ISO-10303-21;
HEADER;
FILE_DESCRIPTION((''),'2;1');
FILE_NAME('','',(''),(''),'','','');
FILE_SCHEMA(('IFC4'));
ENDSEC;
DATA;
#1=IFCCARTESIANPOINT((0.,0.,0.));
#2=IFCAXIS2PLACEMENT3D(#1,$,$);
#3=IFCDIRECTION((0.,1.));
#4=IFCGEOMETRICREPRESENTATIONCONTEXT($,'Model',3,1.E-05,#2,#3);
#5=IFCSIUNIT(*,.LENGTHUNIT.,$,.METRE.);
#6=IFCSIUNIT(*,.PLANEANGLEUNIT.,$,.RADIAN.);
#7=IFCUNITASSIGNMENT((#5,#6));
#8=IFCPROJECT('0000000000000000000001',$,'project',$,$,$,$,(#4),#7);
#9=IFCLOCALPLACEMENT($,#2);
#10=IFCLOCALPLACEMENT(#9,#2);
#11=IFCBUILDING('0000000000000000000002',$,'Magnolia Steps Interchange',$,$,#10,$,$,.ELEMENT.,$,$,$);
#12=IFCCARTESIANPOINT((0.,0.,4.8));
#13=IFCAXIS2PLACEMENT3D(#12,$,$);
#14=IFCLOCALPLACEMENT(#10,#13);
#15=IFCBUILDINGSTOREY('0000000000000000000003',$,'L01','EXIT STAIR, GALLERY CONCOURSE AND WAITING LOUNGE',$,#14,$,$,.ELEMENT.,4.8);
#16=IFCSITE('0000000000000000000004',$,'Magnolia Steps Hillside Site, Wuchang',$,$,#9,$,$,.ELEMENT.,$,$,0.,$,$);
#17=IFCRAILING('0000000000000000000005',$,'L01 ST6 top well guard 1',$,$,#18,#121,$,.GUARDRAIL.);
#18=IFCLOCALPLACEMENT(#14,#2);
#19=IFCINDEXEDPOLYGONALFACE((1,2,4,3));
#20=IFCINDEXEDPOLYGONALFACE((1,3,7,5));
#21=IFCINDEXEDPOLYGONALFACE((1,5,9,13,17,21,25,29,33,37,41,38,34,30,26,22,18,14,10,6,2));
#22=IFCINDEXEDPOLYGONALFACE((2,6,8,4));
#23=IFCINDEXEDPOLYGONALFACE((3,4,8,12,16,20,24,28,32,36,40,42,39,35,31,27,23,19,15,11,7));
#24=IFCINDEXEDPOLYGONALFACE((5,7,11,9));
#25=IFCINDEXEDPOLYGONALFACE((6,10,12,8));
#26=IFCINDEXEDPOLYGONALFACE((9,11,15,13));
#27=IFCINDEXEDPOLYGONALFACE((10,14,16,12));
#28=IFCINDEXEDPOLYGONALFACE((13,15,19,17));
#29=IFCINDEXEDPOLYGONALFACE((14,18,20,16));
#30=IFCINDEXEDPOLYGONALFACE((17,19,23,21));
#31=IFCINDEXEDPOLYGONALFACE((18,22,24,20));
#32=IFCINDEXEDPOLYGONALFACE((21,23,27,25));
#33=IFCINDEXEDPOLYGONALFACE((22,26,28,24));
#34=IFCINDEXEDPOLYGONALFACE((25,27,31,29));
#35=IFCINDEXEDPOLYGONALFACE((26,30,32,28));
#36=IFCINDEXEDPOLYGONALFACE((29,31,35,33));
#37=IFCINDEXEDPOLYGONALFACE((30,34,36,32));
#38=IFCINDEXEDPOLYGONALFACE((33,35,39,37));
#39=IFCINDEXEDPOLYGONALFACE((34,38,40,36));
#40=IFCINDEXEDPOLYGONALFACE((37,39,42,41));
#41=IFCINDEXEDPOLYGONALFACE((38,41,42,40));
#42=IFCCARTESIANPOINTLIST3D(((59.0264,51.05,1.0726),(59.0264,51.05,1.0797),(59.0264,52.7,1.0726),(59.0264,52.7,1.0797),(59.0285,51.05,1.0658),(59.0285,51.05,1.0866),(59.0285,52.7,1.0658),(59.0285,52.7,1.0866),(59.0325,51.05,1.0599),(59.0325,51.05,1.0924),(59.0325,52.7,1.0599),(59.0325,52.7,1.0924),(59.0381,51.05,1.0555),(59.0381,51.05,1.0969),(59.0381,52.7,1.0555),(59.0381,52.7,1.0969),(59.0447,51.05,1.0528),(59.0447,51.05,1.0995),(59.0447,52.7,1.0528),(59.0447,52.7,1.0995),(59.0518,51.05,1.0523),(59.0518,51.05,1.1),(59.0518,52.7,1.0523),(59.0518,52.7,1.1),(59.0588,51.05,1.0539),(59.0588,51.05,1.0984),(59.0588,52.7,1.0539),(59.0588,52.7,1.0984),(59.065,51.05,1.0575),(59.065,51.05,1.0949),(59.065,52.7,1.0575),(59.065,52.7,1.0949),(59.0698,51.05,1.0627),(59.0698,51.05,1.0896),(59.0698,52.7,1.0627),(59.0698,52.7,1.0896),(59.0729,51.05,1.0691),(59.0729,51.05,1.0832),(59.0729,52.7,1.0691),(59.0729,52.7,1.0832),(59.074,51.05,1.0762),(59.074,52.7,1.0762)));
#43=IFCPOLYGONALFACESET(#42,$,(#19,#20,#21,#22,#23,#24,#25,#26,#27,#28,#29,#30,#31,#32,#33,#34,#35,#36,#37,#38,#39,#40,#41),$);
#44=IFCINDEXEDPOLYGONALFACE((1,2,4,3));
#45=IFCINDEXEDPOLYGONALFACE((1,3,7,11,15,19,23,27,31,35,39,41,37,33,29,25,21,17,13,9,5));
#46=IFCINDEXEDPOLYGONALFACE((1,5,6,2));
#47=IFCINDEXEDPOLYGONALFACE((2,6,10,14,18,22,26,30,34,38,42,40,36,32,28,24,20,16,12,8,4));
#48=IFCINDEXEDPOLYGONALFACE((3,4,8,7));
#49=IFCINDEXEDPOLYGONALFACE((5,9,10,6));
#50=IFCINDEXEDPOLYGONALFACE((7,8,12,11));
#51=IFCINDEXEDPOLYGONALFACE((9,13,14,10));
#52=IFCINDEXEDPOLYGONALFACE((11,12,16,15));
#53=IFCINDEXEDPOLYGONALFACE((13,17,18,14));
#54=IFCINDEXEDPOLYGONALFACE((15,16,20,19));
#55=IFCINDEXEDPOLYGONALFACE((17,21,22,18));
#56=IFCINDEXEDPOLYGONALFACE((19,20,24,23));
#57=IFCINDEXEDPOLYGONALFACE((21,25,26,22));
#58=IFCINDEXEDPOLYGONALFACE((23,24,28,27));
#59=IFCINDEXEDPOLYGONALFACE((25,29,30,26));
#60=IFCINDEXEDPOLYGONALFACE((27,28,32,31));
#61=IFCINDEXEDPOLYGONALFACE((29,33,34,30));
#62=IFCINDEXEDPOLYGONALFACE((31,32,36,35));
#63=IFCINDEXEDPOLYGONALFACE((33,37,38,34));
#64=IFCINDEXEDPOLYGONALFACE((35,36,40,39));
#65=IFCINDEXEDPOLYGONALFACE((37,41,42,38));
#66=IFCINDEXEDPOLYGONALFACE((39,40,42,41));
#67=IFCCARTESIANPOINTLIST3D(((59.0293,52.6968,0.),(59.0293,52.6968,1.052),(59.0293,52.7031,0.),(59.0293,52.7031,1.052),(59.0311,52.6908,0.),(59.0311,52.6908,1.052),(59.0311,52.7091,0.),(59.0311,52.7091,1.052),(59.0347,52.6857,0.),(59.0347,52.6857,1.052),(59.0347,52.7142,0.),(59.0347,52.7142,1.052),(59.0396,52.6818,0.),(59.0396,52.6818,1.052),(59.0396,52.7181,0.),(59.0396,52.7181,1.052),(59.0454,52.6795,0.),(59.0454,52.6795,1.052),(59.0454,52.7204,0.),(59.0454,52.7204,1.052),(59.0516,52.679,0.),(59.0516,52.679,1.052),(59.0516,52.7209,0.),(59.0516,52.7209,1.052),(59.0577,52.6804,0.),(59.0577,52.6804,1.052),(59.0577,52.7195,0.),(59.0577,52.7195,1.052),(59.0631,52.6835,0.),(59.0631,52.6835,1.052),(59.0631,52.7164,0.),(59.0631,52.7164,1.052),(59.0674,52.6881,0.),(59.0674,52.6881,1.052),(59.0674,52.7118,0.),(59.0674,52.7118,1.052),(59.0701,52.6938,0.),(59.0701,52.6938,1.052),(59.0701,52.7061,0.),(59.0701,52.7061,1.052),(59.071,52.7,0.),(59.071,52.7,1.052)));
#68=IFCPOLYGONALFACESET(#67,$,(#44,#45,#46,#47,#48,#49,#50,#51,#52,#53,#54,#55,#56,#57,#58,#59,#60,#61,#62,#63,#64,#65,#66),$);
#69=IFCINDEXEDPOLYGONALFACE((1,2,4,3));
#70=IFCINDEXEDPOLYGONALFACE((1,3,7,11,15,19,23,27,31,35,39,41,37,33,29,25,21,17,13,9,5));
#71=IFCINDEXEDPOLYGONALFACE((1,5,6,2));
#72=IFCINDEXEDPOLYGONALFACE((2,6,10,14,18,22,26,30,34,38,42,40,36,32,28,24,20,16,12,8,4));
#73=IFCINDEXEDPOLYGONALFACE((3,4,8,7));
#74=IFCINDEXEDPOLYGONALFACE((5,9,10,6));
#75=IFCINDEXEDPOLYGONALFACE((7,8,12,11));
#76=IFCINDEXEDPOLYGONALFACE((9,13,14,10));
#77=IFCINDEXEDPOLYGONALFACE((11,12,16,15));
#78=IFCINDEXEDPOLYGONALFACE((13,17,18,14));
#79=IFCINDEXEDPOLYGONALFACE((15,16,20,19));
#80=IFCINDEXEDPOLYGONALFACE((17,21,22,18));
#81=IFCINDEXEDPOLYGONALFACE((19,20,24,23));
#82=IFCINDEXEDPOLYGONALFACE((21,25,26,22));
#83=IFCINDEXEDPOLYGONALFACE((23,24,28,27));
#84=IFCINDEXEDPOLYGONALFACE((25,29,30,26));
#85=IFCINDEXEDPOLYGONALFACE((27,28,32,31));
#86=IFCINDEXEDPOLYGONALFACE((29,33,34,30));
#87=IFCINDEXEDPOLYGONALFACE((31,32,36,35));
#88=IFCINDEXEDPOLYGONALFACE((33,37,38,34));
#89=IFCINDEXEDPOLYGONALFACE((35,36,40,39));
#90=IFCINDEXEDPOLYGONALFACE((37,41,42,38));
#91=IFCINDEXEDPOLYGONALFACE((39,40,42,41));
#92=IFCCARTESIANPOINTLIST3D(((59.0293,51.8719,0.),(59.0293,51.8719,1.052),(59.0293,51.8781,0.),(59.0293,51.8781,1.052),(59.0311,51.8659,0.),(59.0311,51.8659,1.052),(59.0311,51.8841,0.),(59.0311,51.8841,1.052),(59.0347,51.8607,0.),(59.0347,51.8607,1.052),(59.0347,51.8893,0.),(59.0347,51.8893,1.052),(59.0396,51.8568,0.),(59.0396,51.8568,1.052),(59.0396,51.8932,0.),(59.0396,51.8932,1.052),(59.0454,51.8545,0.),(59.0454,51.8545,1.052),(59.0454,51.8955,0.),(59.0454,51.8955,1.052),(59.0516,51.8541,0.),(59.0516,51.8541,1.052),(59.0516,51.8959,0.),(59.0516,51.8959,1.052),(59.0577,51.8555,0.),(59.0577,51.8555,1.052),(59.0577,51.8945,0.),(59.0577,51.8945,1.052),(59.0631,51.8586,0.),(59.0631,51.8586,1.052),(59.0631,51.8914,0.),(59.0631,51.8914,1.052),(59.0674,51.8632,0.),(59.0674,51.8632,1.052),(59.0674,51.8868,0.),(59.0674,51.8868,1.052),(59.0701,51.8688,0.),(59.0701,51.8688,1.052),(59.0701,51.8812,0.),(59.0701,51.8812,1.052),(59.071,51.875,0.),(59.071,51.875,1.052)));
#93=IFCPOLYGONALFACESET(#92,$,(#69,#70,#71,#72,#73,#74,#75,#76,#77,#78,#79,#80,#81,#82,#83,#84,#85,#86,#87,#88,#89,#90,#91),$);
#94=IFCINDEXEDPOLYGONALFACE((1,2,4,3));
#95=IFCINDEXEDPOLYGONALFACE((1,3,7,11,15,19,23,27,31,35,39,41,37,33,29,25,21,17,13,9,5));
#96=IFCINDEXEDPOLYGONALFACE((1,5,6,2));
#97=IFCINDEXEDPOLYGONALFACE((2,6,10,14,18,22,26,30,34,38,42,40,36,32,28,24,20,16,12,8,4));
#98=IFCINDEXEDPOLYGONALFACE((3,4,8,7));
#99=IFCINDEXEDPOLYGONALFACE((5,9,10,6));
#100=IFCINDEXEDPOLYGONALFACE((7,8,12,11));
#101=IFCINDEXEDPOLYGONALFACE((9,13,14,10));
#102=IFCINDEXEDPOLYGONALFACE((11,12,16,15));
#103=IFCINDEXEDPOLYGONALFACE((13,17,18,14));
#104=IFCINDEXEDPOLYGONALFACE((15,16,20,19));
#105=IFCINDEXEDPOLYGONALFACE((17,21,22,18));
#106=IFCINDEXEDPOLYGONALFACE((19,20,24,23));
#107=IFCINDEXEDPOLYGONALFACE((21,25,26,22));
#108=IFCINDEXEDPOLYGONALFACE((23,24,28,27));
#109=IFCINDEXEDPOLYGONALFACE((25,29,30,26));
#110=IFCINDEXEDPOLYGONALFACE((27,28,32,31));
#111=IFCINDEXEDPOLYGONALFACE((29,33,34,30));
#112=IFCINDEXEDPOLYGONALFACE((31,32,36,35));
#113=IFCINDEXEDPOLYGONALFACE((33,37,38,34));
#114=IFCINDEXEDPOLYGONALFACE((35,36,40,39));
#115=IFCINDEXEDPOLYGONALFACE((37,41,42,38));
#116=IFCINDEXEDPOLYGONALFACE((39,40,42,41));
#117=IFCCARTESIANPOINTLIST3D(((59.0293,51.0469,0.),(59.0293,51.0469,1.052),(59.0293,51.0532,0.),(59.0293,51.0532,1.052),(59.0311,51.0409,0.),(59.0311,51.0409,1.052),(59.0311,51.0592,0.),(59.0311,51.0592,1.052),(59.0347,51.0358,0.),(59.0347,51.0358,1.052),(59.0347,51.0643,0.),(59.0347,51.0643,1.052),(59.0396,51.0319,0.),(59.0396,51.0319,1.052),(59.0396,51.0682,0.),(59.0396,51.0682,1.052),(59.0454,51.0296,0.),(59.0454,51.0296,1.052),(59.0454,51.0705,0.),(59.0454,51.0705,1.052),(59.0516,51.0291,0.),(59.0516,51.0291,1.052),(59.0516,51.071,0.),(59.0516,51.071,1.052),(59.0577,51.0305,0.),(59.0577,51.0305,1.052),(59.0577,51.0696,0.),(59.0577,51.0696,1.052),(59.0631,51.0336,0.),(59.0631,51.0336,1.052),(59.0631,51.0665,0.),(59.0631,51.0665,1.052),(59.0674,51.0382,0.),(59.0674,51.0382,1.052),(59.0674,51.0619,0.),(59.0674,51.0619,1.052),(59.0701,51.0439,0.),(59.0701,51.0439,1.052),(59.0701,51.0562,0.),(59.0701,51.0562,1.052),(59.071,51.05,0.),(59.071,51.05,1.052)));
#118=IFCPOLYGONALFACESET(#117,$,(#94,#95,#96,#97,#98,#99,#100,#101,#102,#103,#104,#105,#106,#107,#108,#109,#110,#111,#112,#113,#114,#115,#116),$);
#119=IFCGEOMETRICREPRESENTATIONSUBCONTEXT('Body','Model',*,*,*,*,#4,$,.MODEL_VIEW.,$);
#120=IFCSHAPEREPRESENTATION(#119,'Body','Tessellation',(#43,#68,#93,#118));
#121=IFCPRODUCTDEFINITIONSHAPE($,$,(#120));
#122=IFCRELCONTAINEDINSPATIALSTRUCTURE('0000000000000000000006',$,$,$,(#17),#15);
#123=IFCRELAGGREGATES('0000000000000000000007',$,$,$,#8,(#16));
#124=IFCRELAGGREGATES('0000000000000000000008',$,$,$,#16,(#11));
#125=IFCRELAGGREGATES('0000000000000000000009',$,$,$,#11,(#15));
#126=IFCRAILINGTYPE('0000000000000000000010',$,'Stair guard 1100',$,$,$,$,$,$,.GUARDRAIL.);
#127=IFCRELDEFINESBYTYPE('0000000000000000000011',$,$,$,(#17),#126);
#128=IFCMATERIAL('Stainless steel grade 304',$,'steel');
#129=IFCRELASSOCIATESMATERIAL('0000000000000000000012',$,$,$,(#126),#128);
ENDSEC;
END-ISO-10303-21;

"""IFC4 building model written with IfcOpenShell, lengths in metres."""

from ifc_helpers import new_model, si_unit, direction, frame, origin, origin_2d, place, context, subcontext, project, spatial, circle, extrude, material, type_object, element, save


model = new_model("IFC4")

# Units and contexts
model_context = context("Model", 3, precision=1e-05, world=origin(), true_north=direction((0.0, 1.0)))
body_context = subcontext(model_context, "Body", "Model", "MODEL_VIEW")
ifc_project = project(units=[si_unit("LENGTHUNIT", "METRE"), si_unit("PLANEANGLEUNIT", "RADIAN")], contexts=[model_context])

# Site, building, storey
site_placement = place(None, origin())
site = spatial("IfcSite", under=ifc_project, at=site_placement, Name="Magnolia Steps Hillside Site, Wuchang", CompositionType="ELEMENT", RefElevation=0.0)
building_placement = place(site_placement, origin())
building = spatial("IfcBuilding", under=site, at=building_placement, Name="Magnolia Steps Interchange", CompositionType="ELEMENT")
storey_placement = place(building_placement, frame((0.0, 0.0, 4.8)))
storey = spatial("IfcBuildingStorey", under=building, at=storey_placement, Name="L01", Description="EXIT STAIR, GALLERY CONCOURSE AND WAITING LOUNGE", CompositionType="ELEMENT", Elevation=4.8)

# Railing
ifc_material_1 = material(Name="Stainless steel grade 304", Category="steel")
railing_type = type_object("IfcRailingType", Name="Stair guard 1100", PredefinedType="GUARDRAIL", material=ifc_material_1)
railing_1_placement = place(storey_placement, frame((59.05, 52.7, 0.0)))
element("IfcRailing", 1, at=railing_1_placement, inside=storey, type_object=railing_type, Name="L01 ST6 top well guard 1", PredefinedType="GUARDRAIL", context=body_context, shape_type="SweptSolid", body=[
    extrude(circle(Radius=0.0239, at=origin_2d()), frame((0.0, 0.0, 1.0762), z_axis=(0.0, -1.0, 0.0), x_axis=(1.0, 0.0, 0.0)), (0.0, 0.0, 1.0), 1.6499),
    extrude(circle(Radius=0.021, at=origin_2d()), origin(), (0.0, 0.0, 1.0), 1.052),
    extrude(circle(Radius=0.021, at=origin_2d()), frame((0.0, -0.825, 0.0)), (0.0, 0.0, 1.0), 1.052),
    extrude(circle(Radius=0.021, at=origin_2d()), frame((0.0, -1.6499, 0.0)), (0.0, 0.0, 1.0), 1.052),
])

save(model, "model.ifc")
